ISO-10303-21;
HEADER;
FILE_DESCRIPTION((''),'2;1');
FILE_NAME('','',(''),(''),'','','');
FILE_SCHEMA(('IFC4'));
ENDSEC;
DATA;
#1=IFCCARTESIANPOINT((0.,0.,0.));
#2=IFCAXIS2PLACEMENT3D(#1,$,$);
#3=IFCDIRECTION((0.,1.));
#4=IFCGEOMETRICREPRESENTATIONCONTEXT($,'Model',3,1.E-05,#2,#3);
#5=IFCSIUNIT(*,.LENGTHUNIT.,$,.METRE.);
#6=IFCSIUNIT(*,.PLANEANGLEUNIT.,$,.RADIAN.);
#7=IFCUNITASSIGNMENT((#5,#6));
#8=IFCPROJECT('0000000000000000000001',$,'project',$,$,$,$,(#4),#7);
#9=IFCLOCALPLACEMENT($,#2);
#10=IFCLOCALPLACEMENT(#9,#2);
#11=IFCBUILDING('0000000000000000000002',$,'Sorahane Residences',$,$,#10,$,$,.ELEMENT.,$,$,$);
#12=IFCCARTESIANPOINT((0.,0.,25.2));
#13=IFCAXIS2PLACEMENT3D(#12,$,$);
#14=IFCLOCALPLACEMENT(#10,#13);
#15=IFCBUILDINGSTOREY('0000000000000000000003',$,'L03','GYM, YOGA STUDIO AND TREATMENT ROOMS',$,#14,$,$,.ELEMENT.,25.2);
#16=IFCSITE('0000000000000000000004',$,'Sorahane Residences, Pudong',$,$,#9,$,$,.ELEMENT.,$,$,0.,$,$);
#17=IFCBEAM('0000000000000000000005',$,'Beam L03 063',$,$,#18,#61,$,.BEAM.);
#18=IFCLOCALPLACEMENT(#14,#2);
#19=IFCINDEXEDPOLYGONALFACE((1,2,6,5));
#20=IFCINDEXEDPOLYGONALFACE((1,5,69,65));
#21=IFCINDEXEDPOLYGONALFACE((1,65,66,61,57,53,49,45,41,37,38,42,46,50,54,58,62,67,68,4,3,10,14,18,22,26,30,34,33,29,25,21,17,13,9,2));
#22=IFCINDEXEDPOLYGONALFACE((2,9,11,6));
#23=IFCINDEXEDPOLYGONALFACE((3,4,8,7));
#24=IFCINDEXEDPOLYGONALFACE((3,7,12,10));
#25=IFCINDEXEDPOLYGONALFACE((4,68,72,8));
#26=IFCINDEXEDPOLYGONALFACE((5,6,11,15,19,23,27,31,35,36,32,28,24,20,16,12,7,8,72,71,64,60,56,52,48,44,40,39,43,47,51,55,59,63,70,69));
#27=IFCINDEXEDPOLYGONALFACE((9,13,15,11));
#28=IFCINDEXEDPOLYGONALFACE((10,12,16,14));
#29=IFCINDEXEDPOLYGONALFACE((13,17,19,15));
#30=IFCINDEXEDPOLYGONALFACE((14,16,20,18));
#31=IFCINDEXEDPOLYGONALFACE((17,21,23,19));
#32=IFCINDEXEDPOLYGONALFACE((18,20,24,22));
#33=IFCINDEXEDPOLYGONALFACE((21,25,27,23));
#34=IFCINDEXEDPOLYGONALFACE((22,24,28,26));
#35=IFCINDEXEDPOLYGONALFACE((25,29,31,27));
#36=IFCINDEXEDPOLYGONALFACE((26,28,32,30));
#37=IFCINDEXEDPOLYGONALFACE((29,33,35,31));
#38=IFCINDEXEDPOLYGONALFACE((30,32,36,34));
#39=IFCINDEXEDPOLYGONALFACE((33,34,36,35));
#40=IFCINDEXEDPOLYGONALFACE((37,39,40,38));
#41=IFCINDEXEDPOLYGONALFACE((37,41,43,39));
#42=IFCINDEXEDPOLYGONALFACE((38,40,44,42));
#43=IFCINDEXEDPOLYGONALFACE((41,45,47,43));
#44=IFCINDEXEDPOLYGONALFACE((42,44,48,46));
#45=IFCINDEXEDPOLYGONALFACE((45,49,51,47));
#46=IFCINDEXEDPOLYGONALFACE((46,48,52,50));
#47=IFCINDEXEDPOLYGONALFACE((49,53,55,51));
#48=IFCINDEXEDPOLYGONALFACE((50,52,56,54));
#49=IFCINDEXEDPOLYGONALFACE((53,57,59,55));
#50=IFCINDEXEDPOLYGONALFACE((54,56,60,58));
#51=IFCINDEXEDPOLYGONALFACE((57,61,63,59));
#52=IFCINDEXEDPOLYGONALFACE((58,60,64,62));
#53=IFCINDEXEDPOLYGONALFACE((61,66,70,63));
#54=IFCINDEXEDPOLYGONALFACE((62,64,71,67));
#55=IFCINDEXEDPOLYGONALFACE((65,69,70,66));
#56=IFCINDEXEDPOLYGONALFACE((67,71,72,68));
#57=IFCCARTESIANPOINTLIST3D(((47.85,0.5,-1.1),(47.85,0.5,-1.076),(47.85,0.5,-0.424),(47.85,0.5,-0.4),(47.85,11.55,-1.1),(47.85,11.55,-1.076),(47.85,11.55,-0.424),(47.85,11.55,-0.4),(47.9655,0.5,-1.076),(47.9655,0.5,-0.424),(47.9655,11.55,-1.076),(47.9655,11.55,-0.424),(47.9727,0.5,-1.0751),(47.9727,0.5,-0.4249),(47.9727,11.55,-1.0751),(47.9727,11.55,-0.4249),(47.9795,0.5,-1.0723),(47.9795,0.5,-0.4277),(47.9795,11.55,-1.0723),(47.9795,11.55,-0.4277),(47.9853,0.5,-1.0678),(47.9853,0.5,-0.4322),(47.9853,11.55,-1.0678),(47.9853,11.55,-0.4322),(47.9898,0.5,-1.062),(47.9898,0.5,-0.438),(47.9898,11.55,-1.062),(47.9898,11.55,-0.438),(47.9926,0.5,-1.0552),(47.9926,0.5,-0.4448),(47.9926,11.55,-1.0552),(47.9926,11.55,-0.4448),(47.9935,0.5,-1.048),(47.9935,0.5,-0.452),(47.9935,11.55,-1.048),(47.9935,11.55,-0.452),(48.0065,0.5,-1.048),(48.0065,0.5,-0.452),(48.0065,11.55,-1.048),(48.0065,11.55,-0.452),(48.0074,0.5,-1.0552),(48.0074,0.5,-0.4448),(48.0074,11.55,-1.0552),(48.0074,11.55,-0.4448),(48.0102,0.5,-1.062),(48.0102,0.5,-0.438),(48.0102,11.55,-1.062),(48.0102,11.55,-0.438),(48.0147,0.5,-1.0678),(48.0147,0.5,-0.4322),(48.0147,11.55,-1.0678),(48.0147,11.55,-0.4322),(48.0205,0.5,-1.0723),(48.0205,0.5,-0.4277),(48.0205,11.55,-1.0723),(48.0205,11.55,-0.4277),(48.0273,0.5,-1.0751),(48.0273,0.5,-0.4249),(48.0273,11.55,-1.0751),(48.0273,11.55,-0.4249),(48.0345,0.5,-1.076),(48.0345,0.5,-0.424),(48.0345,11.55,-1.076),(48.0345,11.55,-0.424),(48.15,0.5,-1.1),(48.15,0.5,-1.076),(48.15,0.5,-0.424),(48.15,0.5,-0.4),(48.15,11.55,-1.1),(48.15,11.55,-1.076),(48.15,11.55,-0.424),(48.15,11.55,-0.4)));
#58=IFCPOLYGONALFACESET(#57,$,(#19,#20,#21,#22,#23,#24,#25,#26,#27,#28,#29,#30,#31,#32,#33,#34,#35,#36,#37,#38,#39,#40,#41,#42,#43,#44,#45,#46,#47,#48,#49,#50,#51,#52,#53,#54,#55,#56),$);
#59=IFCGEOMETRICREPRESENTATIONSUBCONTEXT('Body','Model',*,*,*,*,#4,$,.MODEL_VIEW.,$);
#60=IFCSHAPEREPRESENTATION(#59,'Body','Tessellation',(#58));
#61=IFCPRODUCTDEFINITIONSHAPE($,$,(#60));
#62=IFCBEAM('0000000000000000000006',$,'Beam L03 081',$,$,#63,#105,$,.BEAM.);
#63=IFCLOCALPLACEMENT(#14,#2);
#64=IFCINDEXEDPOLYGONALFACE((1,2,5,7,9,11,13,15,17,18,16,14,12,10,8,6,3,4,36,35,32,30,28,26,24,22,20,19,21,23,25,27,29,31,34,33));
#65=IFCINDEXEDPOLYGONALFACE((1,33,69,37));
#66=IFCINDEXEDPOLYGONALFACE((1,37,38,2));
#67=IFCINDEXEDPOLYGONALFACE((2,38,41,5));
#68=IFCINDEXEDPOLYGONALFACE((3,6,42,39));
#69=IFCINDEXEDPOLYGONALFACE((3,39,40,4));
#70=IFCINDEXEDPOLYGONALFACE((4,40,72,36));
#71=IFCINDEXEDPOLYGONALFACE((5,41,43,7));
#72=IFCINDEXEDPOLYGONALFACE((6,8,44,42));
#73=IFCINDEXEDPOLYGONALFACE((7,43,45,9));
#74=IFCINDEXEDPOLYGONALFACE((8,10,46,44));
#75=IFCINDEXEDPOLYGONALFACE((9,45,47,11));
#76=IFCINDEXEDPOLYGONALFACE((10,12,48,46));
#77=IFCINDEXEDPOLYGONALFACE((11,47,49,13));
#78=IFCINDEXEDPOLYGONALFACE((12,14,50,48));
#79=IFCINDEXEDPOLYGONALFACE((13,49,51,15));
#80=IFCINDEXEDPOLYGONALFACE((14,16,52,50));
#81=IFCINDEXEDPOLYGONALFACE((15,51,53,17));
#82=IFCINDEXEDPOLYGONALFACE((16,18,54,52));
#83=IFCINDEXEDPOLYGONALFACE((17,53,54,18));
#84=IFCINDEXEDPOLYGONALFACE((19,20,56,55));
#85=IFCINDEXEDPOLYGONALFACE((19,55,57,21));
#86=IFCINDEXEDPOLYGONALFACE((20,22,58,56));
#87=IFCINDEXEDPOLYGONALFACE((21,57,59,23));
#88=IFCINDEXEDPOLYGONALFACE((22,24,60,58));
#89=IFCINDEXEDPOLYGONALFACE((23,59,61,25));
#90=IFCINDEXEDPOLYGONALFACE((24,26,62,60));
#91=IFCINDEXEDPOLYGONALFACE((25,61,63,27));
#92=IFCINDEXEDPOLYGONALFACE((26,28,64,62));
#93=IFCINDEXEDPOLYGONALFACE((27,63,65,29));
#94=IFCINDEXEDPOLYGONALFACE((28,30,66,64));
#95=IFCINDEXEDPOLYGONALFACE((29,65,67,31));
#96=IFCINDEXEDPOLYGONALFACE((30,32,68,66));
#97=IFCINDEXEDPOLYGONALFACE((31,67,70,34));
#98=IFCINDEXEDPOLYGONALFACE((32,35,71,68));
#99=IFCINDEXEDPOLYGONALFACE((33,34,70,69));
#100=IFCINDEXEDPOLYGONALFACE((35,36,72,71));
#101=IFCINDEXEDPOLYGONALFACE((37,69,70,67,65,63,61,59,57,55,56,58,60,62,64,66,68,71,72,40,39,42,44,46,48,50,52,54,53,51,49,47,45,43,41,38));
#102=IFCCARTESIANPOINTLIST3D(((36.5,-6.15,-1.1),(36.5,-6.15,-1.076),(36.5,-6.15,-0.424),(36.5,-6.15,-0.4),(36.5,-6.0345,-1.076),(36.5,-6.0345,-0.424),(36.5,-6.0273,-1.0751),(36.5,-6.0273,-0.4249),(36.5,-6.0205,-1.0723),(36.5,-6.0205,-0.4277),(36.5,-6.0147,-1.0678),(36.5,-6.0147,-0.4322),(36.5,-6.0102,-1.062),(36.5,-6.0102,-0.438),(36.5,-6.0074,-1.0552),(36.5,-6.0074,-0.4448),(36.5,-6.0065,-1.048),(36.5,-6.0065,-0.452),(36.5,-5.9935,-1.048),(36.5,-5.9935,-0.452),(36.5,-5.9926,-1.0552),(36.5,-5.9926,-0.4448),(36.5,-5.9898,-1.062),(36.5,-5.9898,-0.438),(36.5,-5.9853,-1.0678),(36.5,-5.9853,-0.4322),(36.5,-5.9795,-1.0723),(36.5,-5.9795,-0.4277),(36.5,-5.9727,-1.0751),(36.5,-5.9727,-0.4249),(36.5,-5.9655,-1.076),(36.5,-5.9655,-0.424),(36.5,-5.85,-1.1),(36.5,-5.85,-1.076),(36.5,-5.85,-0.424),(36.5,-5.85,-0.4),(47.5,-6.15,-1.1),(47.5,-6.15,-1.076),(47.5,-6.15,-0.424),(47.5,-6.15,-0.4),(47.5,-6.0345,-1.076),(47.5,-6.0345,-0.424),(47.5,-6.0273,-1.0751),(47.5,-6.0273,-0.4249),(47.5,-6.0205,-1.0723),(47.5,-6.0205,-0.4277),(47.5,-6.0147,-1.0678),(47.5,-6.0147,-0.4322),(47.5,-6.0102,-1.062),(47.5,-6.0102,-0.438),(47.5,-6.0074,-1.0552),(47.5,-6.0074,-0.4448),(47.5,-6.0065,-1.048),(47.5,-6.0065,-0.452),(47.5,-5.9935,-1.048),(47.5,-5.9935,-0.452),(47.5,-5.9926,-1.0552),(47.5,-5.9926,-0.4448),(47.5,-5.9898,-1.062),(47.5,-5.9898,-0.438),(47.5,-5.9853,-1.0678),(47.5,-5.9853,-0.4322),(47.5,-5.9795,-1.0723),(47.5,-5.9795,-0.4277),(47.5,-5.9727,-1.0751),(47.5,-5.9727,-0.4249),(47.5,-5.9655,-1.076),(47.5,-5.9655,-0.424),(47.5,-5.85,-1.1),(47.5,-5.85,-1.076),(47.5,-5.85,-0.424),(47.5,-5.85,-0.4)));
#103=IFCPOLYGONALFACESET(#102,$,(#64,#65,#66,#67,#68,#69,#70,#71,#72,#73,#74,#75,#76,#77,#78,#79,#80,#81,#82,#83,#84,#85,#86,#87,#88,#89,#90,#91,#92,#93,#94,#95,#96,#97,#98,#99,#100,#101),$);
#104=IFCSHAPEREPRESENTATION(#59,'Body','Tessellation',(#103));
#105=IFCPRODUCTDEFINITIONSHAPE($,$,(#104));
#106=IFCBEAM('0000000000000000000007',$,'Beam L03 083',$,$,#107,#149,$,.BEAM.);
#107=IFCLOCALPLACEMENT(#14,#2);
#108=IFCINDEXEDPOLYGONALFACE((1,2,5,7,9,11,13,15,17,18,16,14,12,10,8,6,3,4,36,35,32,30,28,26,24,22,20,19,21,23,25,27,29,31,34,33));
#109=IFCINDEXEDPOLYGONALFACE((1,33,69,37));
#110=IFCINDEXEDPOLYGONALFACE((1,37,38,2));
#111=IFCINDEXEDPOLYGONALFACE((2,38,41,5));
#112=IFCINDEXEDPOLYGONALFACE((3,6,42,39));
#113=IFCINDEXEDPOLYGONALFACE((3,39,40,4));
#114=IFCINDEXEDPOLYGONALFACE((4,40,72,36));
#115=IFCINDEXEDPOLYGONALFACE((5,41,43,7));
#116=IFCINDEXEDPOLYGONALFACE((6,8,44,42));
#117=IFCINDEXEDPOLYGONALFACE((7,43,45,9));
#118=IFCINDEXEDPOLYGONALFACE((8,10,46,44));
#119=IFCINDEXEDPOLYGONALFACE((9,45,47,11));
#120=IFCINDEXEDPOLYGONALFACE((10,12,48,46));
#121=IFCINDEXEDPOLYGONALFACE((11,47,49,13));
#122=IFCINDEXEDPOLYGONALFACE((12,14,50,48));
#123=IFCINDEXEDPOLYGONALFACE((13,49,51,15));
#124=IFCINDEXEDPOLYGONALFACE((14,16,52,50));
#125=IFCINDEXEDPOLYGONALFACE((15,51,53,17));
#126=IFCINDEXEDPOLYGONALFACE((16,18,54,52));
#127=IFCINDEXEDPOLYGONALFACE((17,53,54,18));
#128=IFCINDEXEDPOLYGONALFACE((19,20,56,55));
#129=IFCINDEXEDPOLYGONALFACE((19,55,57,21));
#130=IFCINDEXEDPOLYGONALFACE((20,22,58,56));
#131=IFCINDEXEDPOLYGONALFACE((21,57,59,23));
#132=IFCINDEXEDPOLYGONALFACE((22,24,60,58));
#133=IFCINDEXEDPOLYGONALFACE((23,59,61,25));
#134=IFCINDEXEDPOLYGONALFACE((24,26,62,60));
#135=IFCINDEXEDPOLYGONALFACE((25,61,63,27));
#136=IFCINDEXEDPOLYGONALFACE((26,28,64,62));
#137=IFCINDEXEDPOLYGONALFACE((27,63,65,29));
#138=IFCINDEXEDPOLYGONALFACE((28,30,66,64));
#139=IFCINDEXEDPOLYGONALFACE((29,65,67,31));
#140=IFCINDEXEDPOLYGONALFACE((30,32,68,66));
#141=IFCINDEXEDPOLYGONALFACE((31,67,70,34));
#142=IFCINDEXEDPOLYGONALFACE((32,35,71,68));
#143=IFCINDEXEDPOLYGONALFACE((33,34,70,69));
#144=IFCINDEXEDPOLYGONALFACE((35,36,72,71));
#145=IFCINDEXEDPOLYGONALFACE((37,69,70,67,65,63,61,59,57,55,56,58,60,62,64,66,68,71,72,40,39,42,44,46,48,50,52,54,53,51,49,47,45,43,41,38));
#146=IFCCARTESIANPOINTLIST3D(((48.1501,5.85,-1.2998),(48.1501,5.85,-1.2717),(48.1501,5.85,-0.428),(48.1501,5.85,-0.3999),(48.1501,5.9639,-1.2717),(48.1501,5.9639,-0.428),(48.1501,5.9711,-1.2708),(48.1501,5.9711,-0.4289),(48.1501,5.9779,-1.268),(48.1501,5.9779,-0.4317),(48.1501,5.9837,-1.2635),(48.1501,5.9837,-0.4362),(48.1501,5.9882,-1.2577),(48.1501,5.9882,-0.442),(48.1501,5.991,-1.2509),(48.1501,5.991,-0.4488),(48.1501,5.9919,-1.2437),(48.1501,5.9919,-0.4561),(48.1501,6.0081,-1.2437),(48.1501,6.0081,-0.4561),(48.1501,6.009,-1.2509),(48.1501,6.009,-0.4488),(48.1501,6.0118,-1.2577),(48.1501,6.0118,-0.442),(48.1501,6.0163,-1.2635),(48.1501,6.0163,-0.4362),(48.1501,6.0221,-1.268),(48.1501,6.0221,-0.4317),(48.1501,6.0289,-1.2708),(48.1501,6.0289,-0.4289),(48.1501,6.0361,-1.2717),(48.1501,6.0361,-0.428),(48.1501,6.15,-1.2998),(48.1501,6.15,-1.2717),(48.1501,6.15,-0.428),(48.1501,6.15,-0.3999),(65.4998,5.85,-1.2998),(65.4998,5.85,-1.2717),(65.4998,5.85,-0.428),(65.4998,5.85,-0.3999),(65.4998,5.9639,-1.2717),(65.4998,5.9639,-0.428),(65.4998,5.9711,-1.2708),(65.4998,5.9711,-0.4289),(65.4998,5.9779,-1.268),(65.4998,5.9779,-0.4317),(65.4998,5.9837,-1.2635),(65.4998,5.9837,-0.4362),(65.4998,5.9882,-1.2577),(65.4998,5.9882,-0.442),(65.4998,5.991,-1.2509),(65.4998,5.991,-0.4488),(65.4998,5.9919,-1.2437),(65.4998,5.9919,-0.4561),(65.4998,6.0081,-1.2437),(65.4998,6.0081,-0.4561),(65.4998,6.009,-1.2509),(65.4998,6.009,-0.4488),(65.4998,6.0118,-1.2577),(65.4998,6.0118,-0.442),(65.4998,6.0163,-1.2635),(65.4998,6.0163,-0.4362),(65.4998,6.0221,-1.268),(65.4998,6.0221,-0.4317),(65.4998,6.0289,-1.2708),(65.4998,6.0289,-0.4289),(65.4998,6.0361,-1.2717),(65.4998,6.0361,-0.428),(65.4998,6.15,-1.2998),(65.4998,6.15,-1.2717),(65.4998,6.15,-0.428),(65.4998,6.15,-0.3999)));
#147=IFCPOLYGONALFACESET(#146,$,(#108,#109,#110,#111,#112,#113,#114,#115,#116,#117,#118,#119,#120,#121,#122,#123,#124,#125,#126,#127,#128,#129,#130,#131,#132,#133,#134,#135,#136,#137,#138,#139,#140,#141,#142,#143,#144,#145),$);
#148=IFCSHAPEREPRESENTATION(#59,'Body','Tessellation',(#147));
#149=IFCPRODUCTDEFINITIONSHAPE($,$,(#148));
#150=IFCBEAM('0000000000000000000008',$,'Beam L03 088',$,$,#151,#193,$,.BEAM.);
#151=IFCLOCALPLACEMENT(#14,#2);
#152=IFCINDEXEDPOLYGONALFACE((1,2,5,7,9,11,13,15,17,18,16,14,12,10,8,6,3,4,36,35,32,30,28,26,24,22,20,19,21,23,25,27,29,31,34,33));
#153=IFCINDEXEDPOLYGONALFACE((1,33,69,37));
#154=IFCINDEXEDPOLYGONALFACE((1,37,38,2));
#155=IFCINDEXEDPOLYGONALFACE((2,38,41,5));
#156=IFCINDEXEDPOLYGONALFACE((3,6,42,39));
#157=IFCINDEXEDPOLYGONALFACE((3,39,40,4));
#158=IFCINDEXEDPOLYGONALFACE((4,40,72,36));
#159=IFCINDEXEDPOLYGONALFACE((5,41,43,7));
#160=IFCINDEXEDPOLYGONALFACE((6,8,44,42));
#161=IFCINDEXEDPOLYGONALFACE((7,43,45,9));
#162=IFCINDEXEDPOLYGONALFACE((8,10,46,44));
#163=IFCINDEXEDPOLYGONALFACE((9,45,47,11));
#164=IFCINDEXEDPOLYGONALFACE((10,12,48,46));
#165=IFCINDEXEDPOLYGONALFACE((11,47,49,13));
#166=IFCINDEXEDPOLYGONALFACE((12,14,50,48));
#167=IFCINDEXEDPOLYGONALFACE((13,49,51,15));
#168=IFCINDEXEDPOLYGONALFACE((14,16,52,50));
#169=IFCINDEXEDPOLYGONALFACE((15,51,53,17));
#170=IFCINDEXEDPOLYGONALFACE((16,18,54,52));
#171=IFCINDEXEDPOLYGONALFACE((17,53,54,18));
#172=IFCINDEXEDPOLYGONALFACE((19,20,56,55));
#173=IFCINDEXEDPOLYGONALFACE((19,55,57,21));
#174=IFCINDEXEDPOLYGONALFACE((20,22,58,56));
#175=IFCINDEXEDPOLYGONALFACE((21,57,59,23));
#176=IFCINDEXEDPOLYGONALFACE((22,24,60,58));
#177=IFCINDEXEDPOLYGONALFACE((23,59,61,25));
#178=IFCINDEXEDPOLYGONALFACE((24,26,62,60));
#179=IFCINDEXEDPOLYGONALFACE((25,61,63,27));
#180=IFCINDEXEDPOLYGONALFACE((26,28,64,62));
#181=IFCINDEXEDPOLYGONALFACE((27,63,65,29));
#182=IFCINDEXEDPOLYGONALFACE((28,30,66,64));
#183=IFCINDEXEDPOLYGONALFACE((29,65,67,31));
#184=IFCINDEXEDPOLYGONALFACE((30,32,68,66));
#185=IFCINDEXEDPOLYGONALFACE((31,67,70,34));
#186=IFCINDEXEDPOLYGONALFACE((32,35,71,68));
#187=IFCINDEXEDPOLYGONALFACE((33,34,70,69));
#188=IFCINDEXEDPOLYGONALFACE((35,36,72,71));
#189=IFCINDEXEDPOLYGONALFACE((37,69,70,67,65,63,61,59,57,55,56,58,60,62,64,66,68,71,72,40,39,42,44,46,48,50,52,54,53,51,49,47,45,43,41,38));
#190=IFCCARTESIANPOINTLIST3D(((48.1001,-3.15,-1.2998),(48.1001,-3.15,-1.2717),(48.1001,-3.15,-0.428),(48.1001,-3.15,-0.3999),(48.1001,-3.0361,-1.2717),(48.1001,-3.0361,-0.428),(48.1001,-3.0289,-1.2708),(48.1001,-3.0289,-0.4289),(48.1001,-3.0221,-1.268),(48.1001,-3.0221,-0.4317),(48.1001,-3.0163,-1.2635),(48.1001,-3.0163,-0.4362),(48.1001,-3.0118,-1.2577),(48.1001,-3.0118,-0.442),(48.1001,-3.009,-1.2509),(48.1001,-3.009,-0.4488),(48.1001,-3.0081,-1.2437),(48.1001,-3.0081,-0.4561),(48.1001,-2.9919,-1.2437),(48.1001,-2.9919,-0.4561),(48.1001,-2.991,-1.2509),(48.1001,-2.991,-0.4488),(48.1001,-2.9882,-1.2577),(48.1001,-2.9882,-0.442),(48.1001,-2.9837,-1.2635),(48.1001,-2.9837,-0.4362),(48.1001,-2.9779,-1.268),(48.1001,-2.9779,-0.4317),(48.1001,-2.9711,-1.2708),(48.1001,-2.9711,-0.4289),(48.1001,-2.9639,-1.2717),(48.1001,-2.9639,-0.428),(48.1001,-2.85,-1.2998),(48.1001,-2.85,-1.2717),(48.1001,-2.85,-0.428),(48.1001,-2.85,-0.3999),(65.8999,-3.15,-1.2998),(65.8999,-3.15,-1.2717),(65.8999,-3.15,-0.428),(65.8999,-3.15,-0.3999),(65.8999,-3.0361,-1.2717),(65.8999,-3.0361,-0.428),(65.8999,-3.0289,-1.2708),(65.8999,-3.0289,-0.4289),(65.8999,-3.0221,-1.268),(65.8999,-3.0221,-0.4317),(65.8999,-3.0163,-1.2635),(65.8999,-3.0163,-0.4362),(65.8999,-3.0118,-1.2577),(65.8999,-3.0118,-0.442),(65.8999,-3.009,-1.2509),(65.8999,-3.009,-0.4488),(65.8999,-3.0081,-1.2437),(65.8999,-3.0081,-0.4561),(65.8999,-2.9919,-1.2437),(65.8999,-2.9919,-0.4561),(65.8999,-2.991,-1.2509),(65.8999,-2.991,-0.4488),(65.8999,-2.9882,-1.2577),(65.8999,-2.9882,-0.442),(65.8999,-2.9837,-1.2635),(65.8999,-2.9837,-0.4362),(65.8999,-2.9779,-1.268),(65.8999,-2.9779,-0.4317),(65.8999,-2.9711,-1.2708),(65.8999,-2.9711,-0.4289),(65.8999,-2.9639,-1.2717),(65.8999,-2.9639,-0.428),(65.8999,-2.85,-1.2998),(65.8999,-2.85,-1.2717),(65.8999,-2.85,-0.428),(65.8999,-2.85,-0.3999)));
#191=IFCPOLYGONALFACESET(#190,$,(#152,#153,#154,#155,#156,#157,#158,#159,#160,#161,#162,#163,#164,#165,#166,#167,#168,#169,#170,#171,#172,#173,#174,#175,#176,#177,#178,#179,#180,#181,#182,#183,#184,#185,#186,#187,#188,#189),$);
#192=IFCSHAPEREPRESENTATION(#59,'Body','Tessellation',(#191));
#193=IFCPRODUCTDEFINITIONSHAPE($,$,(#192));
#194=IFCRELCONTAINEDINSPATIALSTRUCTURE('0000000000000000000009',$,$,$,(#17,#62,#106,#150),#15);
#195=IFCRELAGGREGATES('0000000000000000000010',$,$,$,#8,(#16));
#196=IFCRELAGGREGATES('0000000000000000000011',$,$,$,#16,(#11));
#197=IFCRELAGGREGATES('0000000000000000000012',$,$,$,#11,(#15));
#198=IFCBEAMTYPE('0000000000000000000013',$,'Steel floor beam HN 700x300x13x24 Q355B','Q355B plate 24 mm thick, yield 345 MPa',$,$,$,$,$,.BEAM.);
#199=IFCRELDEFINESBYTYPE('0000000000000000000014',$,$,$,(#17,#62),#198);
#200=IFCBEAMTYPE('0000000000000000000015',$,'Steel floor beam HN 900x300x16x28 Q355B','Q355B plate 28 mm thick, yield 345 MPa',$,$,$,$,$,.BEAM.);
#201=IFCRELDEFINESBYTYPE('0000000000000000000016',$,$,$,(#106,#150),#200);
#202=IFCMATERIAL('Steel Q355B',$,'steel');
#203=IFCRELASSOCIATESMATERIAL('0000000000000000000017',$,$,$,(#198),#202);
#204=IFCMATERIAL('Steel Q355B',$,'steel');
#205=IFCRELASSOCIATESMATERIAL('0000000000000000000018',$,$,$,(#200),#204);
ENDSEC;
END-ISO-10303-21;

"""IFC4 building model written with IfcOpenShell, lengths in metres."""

from ifc_helpers import new_model, si_unit, direction, frame, origin, origin_2d, place, context, subcontext, project, spatial, i_section, extrude, material, material_profile, profile_set, type_object, element, save


model = new_model("IFC4")

# Units and contexts
model_context = context("Model", 3, precision=1e-05, world=origin(), true_north=direction((0.0, 1.0)))
body_context = subcontext(model_context, "Body", "Model", "MODEL_VIEW")
ifc_project = project(units=[si_unit("LENGTHUNIT", "METRE"), si_unit("PLANEANGLEUNIT", "RADIAN")], contexts=[model_context])

# Site, building, storey
site_placement = place(None, origin())
site = spatial("IfcSite", under=ifc_project, at=site_placement, Name="Sorahane Residences, Pudong", CompositionType="ELEMENT", RefElevation=0.0)
building_placement = place(site_placement, origin())
building = spatial("IfcBuilding", under=site, at=building_placement, Name="Sorahane Residences", CompositionType="ELEMENT")
storey_placement = place(building_placement, frame((0.0, 0.0, 25.2)))
storey = spatial("IfcBuildingStorey", under=building, at=storey_placement, Name="L03", Description="GYM, YOGA STUDIO AND TREATMENT ROOMS", CompositionType="ELEMENT", Elevation=25.2)

# Beams
ifc_material_1 = material(Name="Steel Q355B", Category="steel")
ifc_material_profile_1 = material_profile(ifc_material_1, i_section(OverallWidth=0.3, OverallDepth=0.7, WebThickness=0.0129, FlangeThickness=0.0239, FilletRadius=0.0281, at=origin_2d()), Name="HN 700x300x13x24")
ifc_profile_set_1 = profile_set([ifc_material_profile_1], Name="Steel Q355B")
beam_type_1 = type_object("IfcBeamType", Name="Steel floor beam HN 700x300x13x24 Q355B", Description="Q355B plate 24 mm thick, yield 345 MPa", PredefinedType="BEAM", material=ifc_profile_set_1)
beam_1_placement = place(storey_placement, frame((48.0, 0.5, -0.75), z_axis=(0.0, 1.0, 0.0), x_axis=(-1.0, 0.0, 0.0)))
element("IfcBeam", 1, at=beam_1_placement, inside=storey, type_object=beam_type_1, Name="Beam L03 063", PredefinedType="BEAM", context=body_context, shape_type="SweptSolid", body=[
    extrude(i_section(OverallWidth=0.3, OverallDepth=0.7, WebThickness=0.0129, FlangeThickness=0.0239, FilletRadius=0.0281, at=origin_2d()), origin(), (0.0, 0.0, 1.0), 11.05),
])
beam_2_placement = place(storey_placement, frame((36.5, -6.0, -0.75), z_axis=(1.0, 0.0, 0.0), x_axis=(0.0, 1.0, 0.0)))
element("IfcBeam", 2, at=beam_2_placement, inside=storey, type_object=beam_type_1, Name="Beam L03 081", PredefinedType="BEAM", context=body_context, shape_type="SweptSolid", body=[
    extrude(i_section(OverallWidth=0.3, OverallDepth=0.7, WebThickness=0.0129, FlangeThickness=0.0239, FilletRadius=0.0281, at=origin_2d()), origin(), (0.0, 0.0, 1.0), 11.0),
])
ifc_material_2 = material(Name="Steel Q355B", Category="steel")
ifc_material_profile_2 = material_profile(ifc_material_2, i_section(OverallWidth=0.3, OverallDepth=0.8999, WebThickness=0.0161, FlangeThickness=0.0281, FilletRadius=0.0281, at=origin_2d()), Name="HN 900x300x16x28")
ifc_profile_set_2 = profile_set([ifc_material_profile_2], Name="Steel Q355B")
beam_type_2 = type_object("IfcBeamType", Name="Steel floor beam HN 900x300x16x28 Q355B", Description="Q355B plate 28 mm thick, yield 345 MPa", PredefinedType="BEAM", material=ifc_profile_set_2)
beam_3_placement = place(storey_placement, frame((48.1501, 6.0, -0.8499), z_axis=(1.0, 0.0, 0.0), x_axis=(0.0, 1.0, 0.0)))
element("IfcBeam", 3, at=beam_3_placement, inside=storey, type_object=beam_type_2, Name="Beam L03 083", PredefinedType="BEAM", context=body_context, shape_type="SweptSolid", body=[
    extrude(i_section(OverallWidth=0.3, OverallDepth=0.8999, WebThickness=0.0161, FlangeThickness=0.0281, FilletRadius=0.0281, at=origin_2d()), origin(), (0.0, 0.0, 1.0), 17.3496),
])
beam_4_placement = place(storey_placement, frame((48.1001, -3.0, -0.8499), z_axis=(1.0, 0.0, 0.0), x_axis=(0.0, 1.0, 0.0)))
element("IfcBeam", 4, at=beam_4_placement, inside=storey, type_object=beam_type_2, Name="Beam L03 088", PredefinedType="BEAM", context=body_context, shape_type="SweptSolid", body=[
    extrude(i_section(OverallWidth=0.3, OverallDepth=0.8999, WebThickness=0.0161, FlangeThickness=0.0281, FilletRadius=0.0281, at=origin_2d()), origin(), (0.0, 0.0, 1.0), 17.7998),
])

save(model, "model.ifc")
